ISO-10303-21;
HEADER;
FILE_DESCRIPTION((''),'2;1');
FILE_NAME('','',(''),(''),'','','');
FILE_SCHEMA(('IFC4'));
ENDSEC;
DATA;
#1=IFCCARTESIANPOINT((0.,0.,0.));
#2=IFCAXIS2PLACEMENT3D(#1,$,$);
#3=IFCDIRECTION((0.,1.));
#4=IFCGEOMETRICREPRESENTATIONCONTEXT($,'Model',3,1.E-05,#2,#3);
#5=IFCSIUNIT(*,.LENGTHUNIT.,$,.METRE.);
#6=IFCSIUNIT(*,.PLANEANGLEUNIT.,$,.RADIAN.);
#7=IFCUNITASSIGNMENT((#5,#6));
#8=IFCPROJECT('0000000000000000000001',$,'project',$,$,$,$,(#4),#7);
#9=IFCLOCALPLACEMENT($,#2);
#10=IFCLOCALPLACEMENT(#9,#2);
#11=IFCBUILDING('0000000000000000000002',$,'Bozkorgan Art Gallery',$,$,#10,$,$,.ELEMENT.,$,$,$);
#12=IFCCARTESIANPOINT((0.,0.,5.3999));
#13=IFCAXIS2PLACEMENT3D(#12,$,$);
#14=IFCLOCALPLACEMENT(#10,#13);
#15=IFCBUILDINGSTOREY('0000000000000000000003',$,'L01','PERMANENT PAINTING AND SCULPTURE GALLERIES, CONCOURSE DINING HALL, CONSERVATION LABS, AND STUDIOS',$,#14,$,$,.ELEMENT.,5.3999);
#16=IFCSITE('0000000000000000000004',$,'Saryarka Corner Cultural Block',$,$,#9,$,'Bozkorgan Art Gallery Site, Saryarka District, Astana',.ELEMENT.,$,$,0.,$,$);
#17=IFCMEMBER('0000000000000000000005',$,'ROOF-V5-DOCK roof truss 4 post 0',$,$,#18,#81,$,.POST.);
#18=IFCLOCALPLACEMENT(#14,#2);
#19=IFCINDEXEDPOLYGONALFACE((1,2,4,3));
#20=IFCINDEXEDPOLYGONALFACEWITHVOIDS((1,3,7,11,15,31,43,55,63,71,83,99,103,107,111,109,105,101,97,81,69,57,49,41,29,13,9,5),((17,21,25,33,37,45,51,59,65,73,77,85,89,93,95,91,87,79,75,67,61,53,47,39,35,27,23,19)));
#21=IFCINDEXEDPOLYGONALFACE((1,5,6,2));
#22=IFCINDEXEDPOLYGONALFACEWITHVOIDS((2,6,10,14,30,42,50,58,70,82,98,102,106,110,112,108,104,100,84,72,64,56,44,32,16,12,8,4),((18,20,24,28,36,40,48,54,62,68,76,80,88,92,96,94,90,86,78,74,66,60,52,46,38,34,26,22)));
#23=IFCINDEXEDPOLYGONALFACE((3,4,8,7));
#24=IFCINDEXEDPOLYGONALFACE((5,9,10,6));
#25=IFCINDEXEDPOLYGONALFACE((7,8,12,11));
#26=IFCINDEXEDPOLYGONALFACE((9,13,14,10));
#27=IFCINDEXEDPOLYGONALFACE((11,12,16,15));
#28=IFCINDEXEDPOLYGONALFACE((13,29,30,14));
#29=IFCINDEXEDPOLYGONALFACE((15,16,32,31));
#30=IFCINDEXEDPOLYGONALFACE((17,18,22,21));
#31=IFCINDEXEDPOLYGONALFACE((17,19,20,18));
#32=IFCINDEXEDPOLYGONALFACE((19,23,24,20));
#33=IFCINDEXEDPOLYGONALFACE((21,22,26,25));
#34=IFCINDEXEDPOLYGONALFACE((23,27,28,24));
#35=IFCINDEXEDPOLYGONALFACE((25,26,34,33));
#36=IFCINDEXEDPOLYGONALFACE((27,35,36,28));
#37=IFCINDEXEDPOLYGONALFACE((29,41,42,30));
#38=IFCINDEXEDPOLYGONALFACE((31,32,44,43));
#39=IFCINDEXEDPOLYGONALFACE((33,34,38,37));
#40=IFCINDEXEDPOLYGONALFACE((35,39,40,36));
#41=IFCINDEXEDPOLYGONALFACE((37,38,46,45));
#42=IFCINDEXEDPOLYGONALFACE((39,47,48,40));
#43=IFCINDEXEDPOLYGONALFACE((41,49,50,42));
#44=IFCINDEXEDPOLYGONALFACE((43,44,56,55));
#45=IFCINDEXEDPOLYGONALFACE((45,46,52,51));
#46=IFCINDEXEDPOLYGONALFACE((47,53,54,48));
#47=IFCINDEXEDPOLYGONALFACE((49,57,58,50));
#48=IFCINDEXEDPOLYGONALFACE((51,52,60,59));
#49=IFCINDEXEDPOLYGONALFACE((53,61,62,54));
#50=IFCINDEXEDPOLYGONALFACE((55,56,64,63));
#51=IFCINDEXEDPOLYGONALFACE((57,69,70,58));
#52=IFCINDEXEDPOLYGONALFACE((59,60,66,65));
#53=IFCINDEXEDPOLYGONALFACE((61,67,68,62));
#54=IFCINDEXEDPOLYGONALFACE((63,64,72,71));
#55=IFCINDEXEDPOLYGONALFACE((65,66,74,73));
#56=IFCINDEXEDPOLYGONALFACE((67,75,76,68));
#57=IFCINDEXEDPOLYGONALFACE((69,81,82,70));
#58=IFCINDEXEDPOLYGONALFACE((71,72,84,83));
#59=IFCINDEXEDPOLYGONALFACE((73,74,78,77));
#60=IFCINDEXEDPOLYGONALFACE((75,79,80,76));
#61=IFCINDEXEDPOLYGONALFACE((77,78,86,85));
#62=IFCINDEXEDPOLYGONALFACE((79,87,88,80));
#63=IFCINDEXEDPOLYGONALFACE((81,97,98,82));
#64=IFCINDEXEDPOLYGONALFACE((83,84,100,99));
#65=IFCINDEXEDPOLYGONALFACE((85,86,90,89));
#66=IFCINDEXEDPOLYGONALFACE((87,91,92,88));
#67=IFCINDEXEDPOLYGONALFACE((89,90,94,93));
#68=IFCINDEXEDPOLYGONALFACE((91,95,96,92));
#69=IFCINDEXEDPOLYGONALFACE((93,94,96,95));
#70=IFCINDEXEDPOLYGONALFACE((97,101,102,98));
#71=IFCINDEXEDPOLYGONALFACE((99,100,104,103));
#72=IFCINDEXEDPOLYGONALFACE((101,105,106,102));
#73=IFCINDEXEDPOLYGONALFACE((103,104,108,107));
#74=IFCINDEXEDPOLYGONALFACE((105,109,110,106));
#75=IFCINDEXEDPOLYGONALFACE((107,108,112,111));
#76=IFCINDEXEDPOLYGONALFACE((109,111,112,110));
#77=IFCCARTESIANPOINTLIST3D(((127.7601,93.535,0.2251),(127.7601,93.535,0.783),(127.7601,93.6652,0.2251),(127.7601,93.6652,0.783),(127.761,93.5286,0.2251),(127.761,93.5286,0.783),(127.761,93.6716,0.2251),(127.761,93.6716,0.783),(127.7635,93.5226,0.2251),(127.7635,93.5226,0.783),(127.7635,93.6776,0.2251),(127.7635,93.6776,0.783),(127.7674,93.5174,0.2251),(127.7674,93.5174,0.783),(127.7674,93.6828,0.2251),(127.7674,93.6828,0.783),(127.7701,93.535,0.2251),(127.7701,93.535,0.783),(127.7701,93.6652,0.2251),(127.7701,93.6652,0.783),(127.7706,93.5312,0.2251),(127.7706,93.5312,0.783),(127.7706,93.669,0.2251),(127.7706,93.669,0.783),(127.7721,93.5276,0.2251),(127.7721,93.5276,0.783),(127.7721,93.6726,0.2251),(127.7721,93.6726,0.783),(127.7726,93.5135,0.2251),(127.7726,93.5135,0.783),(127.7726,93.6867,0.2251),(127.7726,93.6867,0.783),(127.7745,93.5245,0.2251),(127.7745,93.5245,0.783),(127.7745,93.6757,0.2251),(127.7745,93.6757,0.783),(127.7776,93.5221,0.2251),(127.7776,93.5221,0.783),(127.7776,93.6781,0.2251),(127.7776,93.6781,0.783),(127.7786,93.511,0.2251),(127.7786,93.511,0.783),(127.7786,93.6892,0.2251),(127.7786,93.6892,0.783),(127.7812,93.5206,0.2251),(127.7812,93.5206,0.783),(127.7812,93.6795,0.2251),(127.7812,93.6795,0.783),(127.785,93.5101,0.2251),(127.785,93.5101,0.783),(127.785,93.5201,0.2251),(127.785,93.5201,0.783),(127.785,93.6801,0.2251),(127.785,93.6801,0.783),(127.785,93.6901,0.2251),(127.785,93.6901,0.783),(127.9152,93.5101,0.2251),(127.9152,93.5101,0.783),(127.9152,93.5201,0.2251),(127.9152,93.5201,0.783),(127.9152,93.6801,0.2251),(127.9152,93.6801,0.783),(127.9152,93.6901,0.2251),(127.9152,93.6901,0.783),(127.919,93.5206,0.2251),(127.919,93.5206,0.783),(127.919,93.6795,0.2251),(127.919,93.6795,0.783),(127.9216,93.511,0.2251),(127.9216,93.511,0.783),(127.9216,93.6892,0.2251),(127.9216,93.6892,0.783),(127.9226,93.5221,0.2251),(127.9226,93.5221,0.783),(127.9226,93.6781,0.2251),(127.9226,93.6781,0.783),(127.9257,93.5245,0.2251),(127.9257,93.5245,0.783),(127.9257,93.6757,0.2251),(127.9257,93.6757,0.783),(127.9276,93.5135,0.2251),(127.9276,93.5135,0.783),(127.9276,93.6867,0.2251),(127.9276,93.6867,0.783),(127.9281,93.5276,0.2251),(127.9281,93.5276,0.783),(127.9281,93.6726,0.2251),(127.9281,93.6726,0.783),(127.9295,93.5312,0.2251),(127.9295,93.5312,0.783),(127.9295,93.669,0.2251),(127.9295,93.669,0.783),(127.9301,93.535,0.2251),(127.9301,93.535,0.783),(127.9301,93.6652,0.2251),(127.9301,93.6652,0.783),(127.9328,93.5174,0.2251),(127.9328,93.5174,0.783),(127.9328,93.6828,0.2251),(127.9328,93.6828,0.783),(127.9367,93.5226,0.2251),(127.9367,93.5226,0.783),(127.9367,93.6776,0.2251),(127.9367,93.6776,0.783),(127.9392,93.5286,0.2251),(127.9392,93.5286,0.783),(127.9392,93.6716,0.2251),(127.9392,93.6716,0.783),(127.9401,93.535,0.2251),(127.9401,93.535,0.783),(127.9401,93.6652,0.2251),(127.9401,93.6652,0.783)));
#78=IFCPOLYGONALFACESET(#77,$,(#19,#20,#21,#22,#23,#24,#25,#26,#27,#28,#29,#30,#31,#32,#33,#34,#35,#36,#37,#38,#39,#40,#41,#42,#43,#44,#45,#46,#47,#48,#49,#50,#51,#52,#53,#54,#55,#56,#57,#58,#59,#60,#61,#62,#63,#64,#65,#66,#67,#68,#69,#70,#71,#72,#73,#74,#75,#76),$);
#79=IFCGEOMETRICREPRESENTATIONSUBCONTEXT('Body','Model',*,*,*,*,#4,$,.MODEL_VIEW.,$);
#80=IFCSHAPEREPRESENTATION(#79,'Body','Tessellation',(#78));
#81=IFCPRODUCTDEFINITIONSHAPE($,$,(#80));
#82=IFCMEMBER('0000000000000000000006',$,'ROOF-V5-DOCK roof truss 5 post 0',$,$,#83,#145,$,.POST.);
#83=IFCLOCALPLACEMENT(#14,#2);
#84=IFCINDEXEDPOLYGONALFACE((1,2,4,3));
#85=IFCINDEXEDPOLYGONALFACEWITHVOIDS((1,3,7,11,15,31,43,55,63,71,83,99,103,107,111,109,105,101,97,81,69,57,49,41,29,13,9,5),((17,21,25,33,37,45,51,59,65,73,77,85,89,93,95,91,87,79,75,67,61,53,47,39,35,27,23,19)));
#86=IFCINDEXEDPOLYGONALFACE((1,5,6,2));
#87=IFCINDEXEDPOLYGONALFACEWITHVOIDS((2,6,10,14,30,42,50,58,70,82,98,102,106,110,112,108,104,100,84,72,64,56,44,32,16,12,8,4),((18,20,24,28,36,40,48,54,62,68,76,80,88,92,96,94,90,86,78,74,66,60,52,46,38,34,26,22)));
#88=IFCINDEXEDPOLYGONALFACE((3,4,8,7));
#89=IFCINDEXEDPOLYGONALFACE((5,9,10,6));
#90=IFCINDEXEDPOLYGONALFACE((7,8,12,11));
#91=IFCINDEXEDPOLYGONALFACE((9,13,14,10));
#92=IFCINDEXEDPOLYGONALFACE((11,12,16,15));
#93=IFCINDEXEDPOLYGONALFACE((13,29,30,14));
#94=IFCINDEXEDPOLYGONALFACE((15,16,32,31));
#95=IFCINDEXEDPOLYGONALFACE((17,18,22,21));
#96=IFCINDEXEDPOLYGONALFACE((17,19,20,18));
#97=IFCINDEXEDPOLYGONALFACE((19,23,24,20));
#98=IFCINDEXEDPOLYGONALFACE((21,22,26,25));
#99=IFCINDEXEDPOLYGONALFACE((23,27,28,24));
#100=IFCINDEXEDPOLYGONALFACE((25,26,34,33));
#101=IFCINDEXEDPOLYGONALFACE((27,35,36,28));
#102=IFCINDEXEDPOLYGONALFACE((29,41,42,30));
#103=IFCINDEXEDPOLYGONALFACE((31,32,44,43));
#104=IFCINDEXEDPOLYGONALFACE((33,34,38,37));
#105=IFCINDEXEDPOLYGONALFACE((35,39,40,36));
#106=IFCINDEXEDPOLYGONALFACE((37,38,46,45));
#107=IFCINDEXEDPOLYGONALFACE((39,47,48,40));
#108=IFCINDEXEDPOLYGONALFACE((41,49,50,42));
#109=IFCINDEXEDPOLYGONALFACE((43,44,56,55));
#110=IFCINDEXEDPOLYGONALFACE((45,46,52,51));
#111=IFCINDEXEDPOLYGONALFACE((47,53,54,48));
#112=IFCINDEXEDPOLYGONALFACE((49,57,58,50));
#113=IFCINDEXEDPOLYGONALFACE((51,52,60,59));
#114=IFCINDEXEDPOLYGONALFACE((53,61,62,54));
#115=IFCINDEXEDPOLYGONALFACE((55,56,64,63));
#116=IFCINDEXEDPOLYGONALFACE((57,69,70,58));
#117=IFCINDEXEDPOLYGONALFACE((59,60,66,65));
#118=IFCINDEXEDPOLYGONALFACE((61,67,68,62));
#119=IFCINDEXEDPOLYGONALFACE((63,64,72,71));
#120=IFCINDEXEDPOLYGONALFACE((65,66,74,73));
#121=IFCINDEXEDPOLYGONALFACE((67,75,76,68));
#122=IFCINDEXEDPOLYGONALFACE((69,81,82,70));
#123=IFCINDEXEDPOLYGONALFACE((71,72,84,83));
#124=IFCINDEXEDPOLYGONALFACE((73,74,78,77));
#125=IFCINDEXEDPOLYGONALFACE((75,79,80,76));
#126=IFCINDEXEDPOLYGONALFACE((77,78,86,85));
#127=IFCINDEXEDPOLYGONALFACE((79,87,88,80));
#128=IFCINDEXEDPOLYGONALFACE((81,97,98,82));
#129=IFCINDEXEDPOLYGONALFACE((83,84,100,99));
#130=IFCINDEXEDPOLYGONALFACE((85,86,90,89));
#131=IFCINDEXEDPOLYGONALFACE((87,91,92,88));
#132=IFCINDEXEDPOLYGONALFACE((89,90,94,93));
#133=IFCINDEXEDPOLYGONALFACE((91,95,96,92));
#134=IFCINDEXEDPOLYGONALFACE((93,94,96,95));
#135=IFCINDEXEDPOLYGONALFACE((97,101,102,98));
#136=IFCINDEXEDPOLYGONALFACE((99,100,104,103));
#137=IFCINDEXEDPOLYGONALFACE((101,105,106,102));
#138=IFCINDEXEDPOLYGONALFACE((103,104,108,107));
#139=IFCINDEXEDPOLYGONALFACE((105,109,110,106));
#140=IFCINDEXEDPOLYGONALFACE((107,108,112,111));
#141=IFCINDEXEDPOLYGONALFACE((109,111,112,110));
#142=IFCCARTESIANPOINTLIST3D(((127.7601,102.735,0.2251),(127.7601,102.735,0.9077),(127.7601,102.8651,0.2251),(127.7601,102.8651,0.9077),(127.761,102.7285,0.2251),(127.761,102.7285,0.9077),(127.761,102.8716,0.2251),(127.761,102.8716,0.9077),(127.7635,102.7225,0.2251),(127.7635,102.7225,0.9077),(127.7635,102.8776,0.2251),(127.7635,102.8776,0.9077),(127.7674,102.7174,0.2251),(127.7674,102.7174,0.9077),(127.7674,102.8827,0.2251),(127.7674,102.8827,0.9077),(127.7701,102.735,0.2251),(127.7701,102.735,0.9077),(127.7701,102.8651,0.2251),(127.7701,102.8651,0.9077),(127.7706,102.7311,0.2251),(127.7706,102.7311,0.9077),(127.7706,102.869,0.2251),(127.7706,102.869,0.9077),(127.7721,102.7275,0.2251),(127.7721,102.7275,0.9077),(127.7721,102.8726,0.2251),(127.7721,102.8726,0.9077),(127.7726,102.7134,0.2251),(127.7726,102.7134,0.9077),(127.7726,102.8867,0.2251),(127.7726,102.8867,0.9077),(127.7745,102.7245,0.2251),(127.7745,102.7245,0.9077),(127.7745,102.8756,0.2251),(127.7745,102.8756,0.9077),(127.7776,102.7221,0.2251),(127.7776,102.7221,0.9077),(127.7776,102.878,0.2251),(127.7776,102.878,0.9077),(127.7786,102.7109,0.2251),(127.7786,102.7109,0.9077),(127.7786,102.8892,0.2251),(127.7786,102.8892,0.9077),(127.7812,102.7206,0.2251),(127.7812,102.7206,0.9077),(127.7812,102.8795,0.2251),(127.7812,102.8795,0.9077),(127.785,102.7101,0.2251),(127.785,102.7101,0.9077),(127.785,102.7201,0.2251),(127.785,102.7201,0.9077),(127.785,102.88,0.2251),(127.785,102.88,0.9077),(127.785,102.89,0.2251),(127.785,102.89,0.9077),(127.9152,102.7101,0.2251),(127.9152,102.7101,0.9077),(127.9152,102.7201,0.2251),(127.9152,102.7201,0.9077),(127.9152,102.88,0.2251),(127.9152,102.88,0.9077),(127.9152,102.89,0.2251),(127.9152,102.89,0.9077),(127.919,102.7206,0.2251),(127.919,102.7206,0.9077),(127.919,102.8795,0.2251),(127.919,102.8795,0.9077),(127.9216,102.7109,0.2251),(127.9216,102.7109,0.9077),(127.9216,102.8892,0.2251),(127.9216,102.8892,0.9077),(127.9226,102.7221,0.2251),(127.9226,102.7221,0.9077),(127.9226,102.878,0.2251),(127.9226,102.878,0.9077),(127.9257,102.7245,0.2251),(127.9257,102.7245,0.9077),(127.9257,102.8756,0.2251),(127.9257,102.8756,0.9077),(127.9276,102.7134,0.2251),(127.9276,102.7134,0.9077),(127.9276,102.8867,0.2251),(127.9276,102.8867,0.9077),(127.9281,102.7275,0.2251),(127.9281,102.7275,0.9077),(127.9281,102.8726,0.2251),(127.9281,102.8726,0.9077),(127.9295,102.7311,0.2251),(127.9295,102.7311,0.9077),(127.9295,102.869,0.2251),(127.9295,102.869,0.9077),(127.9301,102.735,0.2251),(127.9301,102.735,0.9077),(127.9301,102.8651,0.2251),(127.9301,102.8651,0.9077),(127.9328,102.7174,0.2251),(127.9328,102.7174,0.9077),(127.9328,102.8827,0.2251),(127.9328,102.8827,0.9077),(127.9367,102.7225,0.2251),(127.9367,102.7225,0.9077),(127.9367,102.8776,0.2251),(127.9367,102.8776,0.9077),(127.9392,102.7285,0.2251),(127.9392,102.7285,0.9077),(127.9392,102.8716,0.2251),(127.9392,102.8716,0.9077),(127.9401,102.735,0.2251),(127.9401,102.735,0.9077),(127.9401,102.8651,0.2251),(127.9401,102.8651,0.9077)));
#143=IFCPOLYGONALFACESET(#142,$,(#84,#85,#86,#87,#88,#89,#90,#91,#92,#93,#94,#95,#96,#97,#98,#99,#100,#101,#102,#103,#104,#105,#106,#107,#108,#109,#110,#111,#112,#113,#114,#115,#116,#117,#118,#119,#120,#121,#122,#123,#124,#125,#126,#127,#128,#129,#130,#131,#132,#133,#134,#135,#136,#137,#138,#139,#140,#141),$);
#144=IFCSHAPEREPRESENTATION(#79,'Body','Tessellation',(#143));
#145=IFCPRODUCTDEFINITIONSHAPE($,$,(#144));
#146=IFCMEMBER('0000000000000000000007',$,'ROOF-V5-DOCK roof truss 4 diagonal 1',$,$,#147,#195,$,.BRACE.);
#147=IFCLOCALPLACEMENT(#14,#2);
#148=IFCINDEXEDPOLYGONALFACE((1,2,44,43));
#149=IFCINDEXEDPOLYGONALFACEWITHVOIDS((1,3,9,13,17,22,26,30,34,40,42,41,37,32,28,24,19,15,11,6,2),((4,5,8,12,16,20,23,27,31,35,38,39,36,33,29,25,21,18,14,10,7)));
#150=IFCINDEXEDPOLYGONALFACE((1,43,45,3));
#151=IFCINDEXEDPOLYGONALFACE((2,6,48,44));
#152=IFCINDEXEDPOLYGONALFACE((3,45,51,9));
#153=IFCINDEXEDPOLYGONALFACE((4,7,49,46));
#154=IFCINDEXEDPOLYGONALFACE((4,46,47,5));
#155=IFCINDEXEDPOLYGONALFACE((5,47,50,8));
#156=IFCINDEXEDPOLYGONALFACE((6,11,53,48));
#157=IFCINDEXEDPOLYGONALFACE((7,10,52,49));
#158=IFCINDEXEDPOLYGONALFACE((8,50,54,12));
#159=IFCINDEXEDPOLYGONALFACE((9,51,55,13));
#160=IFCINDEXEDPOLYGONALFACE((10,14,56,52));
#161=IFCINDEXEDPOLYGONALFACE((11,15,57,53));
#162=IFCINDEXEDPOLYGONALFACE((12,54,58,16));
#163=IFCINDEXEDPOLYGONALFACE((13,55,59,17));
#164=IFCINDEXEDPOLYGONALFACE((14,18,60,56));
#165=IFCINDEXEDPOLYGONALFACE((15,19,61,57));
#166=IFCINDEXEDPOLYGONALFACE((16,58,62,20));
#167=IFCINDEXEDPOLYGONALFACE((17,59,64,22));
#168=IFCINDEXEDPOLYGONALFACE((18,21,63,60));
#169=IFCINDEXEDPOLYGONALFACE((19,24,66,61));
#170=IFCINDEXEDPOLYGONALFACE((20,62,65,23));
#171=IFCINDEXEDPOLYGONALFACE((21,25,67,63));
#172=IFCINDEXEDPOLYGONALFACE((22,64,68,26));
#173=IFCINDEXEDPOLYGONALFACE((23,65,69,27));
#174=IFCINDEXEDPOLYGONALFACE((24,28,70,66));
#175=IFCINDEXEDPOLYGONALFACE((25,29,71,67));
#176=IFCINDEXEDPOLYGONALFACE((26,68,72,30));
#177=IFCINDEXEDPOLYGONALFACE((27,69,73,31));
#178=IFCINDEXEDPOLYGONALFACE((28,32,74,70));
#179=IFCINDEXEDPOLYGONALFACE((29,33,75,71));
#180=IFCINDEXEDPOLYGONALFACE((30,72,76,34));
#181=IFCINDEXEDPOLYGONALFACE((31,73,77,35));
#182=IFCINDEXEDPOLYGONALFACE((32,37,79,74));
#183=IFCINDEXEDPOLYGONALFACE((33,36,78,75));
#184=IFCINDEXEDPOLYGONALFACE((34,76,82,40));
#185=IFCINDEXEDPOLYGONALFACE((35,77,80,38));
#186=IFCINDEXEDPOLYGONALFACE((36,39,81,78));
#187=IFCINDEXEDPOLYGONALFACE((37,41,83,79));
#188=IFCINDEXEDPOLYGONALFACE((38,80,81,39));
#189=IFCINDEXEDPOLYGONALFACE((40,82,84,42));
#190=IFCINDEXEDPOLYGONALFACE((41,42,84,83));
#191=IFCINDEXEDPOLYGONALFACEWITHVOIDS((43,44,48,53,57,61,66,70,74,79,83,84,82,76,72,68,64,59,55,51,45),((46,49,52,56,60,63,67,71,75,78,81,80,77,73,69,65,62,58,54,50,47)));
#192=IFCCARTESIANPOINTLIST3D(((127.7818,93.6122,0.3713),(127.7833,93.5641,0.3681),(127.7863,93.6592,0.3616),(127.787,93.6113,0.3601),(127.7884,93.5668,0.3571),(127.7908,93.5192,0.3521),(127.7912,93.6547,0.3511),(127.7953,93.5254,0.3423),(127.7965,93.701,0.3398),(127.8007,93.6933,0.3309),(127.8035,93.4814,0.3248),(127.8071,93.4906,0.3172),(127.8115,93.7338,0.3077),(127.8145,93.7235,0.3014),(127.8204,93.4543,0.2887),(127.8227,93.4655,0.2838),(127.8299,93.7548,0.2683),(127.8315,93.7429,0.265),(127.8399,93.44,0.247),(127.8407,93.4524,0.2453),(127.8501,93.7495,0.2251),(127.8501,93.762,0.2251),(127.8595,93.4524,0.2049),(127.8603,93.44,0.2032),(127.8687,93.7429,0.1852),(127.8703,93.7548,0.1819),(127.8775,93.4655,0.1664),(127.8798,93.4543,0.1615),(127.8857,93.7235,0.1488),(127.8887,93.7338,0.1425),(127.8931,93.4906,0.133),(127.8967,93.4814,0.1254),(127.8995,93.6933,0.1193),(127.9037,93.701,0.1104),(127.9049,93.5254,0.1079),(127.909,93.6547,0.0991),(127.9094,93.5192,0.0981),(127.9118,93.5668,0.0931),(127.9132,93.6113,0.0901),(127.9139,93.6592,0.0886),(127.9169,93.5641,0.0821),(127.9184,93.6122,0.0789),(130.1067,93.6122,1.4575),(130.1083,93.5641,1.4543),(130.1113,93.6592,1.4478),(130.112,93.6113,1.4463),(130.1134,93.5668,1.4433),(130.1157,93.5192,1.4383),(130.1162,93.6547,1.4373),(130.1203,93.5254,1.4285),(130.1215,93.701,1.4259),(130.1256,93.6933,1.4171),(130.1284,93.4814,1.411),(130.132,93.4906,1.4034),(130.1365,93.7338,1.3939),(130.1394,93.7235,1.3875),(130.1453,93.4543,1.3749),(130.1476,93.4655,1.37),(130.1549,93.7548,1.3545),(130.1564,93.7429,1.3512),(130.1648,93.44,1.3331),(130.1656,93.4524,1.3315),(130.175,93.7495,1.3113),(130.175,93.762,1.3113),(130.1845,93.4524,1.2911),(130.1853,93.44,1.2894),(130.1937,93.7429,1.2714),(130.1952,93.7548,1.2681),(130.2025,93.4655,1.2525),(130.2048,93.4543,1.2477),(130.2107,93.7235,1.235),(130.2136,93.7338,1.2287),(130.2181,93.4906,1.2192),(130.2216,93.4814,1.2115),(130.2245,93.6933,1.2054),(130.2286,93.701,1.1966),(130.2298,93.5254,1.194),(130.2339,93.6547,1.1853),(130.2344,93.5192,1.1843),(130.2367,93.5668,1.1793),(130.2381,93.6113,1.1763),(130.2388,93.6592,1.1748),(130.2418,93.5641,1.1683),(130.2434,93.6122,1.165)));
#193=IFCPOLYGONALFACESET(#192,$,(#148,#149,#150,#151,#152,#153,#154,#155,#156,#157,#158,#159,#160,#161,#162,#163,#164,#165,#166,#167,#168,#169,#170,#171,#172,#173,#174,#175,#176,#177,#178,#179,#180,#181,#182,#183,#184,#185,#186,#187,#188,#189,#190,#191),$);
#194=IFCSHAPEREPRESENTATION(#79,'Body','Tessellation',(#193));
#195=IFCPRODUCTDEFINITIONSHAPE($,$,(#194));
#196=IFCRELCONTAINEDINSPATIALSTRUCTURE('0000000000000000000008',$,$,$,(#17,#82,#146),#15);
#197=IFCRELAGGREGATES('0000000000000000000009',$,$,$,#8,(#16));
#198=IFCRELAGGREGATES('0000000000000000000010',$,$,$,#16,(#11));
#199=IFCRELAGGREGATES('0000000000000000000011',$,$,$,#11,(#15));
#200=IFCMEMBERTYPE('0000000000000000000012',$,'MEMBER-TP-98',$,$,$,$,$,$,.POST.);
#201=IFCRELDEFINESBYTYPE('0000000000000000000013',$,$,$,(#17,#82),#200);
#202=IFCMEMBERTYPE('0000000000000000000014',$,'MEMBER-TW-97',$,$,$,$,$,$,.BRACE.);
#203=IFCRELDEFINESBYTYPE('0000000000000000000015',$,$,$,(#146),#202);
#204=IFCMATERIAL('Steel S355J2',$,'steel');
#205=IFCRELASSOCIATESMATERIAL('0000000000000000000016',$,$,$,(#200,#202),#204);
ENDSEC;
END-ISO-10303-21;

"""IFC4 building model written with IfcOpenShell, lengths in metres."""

from ifc_helpers import new_model, si_unit, direction, frame, origin, origin_2d, place, context, subcontext, project, spatial, hollow_rectangle, hollow_circle, extrude, material, material_profile, profile_set, type_object, element, save


model = new_model("IFC4")

# Units and contexts
model_context = context("Model", 3, precision=1e-05, world=origin(), true_north=direction((0.0, 1.0)))
body_context = subcontext(model_context, "Body", "Model", "MODEL_VIEW")
ifc_project = project(units=[si_unit("LENGTHUNIT", "METRE"), si_unit("PLANEANGLEUNIT", "RADIAN")], contexts=[model_context])

# Site, building, storey
site_placement = place(None, origin())
site = spatial("IfcSite", under=ifc_project, at=site_placement, Name="Saryarka Corner Cultural Block", LongName="Bozkorgan Art Gallery Site, Saryarka District, Astana", CompositionType="ELEMENT", RefElevation=0.0)
building_placement = place(site_placement, origin())
building = spatial("IfcBuilding", under=site, at=building_placement, Name="Bozkorgan Art Gallery", CompositionType="ELEMENT")
storey_placement = place(building_placement, frame((0.0, 0.0, 5.3999)))
storey = spatial("IfcBuildingStorey", under=building, at=storey_placement, Name="L01", Description="PERMANENT PAINTING AND SCULPTURE GALLERIES, CONCOURSE DINING HALL, CONSERVATION LABS, AND STUDIOS", CompositionType="ELEMENT", Elevation=5.3999)

# Shared definitions
ifc_material_1 = material(Name="Steel S355J2", Category="steel")

# Members
ifc_material_profile_1 = material_profile(ifc_material_1, hollow_rectangle(XDim=0.1799, YDim=0.1799, WallThickness=0.01, InnerFilletRadius=0.0149, OuterFilletRadius=0.0249, at=origin_2d()), Name="SHS 180x180x10")
ifc_profile_set_1 = profile_set([ifc_material_profile_1], Name="Steel S355J2")
member_type_1 = type_object("IfcMemberType", Name="MEMBER-TP-98", PredefinedType="POST", material=ifc_profile_set_1)
member_1_placement = place(storey_placement, frame((127.8501, 93.6001, 0.2251), z_axis=(0.0, 0.0, 1.0), x_axis=(1.0, 0.0, 0.0)))
element("IfcMember", 1, at=member_1_placement, inside=storey, type_object=member_type_1, Name="ROOF-V5-DOCK roof truss 4 post 0", PredefinedType="POST", context=body_context, shape_type="SweptSolid", body=[
    extrude(hollow_rectangle(XDim=0.1799, YDim=0.1799, WallThickness=0.01, InnerFilletRadius=0.0149, OuterFilletRadius=0.0249, at=origin_2d()), origin(), (0.0, 0.0, 1.0), 0.5579),
])
member_2_placement = place(storey_placement, frame((127.8501, 102.8, 0.2251), z_axis=(0.0, 0.0, 1.0), x_axis=(1.0, 0.0, 0.0)))
element("IfcMember", 2, at=member_2_placement, inside=storey, type_object=member_type_1, Name="ROOF-V5-DOCK roof truss 5 post 0", PredefinedType="POST", context=body_context, shape_type="SweptSolid", body=[
    extrude(hollow_rectangle(XDim=0.1799, YDim=0.1799, WallThickness=0.01, InnerFilletRadius=0.0149, OuterFilletRadius=0.0249, at=origin_2d()), origin(), (0.0, 0.0, 1.0), 0.6826),
])
ifc_material_profile_2 = material_profile(ifc_material_1, hollow_circle(Radius=0.1619, WallThickness=0.0125, at=origin_2d()), Name="CHS 323.9x12.5")
ifc_profile_set_2 = profile_set([ifc_material_profile_2], Name="Steel S355J2")
member_type_2 = type_object("IfcMemberType", Name="MEMBER-TW-97", PredefinedType="BRACE", material=ifc_profile_set_2)
member_3_placement = place(storey_placement, frame((127.8501, 93.6001, 0.2251), z_axis=(0.906003, 0.0, 0.423271), x_axis=(0.0, 1.0, 0.0)))
element("IfcMember", 3, at=member_3_placement, inside=storey, type_object=member_type_2, Name="ROOF-V5-DOCK roof truss 4 diagonal 1", PredefinedType="BRACE", context=body_context, shape_type="SweptSolid", body=[
    extrude(hollow_circle(Radius=0.1619, WallThickness=0.0125, at=origin_2d()), origin(), (0.0, 0.0, 1.0), 2.5662),
])

save(model, "model.ifc")
